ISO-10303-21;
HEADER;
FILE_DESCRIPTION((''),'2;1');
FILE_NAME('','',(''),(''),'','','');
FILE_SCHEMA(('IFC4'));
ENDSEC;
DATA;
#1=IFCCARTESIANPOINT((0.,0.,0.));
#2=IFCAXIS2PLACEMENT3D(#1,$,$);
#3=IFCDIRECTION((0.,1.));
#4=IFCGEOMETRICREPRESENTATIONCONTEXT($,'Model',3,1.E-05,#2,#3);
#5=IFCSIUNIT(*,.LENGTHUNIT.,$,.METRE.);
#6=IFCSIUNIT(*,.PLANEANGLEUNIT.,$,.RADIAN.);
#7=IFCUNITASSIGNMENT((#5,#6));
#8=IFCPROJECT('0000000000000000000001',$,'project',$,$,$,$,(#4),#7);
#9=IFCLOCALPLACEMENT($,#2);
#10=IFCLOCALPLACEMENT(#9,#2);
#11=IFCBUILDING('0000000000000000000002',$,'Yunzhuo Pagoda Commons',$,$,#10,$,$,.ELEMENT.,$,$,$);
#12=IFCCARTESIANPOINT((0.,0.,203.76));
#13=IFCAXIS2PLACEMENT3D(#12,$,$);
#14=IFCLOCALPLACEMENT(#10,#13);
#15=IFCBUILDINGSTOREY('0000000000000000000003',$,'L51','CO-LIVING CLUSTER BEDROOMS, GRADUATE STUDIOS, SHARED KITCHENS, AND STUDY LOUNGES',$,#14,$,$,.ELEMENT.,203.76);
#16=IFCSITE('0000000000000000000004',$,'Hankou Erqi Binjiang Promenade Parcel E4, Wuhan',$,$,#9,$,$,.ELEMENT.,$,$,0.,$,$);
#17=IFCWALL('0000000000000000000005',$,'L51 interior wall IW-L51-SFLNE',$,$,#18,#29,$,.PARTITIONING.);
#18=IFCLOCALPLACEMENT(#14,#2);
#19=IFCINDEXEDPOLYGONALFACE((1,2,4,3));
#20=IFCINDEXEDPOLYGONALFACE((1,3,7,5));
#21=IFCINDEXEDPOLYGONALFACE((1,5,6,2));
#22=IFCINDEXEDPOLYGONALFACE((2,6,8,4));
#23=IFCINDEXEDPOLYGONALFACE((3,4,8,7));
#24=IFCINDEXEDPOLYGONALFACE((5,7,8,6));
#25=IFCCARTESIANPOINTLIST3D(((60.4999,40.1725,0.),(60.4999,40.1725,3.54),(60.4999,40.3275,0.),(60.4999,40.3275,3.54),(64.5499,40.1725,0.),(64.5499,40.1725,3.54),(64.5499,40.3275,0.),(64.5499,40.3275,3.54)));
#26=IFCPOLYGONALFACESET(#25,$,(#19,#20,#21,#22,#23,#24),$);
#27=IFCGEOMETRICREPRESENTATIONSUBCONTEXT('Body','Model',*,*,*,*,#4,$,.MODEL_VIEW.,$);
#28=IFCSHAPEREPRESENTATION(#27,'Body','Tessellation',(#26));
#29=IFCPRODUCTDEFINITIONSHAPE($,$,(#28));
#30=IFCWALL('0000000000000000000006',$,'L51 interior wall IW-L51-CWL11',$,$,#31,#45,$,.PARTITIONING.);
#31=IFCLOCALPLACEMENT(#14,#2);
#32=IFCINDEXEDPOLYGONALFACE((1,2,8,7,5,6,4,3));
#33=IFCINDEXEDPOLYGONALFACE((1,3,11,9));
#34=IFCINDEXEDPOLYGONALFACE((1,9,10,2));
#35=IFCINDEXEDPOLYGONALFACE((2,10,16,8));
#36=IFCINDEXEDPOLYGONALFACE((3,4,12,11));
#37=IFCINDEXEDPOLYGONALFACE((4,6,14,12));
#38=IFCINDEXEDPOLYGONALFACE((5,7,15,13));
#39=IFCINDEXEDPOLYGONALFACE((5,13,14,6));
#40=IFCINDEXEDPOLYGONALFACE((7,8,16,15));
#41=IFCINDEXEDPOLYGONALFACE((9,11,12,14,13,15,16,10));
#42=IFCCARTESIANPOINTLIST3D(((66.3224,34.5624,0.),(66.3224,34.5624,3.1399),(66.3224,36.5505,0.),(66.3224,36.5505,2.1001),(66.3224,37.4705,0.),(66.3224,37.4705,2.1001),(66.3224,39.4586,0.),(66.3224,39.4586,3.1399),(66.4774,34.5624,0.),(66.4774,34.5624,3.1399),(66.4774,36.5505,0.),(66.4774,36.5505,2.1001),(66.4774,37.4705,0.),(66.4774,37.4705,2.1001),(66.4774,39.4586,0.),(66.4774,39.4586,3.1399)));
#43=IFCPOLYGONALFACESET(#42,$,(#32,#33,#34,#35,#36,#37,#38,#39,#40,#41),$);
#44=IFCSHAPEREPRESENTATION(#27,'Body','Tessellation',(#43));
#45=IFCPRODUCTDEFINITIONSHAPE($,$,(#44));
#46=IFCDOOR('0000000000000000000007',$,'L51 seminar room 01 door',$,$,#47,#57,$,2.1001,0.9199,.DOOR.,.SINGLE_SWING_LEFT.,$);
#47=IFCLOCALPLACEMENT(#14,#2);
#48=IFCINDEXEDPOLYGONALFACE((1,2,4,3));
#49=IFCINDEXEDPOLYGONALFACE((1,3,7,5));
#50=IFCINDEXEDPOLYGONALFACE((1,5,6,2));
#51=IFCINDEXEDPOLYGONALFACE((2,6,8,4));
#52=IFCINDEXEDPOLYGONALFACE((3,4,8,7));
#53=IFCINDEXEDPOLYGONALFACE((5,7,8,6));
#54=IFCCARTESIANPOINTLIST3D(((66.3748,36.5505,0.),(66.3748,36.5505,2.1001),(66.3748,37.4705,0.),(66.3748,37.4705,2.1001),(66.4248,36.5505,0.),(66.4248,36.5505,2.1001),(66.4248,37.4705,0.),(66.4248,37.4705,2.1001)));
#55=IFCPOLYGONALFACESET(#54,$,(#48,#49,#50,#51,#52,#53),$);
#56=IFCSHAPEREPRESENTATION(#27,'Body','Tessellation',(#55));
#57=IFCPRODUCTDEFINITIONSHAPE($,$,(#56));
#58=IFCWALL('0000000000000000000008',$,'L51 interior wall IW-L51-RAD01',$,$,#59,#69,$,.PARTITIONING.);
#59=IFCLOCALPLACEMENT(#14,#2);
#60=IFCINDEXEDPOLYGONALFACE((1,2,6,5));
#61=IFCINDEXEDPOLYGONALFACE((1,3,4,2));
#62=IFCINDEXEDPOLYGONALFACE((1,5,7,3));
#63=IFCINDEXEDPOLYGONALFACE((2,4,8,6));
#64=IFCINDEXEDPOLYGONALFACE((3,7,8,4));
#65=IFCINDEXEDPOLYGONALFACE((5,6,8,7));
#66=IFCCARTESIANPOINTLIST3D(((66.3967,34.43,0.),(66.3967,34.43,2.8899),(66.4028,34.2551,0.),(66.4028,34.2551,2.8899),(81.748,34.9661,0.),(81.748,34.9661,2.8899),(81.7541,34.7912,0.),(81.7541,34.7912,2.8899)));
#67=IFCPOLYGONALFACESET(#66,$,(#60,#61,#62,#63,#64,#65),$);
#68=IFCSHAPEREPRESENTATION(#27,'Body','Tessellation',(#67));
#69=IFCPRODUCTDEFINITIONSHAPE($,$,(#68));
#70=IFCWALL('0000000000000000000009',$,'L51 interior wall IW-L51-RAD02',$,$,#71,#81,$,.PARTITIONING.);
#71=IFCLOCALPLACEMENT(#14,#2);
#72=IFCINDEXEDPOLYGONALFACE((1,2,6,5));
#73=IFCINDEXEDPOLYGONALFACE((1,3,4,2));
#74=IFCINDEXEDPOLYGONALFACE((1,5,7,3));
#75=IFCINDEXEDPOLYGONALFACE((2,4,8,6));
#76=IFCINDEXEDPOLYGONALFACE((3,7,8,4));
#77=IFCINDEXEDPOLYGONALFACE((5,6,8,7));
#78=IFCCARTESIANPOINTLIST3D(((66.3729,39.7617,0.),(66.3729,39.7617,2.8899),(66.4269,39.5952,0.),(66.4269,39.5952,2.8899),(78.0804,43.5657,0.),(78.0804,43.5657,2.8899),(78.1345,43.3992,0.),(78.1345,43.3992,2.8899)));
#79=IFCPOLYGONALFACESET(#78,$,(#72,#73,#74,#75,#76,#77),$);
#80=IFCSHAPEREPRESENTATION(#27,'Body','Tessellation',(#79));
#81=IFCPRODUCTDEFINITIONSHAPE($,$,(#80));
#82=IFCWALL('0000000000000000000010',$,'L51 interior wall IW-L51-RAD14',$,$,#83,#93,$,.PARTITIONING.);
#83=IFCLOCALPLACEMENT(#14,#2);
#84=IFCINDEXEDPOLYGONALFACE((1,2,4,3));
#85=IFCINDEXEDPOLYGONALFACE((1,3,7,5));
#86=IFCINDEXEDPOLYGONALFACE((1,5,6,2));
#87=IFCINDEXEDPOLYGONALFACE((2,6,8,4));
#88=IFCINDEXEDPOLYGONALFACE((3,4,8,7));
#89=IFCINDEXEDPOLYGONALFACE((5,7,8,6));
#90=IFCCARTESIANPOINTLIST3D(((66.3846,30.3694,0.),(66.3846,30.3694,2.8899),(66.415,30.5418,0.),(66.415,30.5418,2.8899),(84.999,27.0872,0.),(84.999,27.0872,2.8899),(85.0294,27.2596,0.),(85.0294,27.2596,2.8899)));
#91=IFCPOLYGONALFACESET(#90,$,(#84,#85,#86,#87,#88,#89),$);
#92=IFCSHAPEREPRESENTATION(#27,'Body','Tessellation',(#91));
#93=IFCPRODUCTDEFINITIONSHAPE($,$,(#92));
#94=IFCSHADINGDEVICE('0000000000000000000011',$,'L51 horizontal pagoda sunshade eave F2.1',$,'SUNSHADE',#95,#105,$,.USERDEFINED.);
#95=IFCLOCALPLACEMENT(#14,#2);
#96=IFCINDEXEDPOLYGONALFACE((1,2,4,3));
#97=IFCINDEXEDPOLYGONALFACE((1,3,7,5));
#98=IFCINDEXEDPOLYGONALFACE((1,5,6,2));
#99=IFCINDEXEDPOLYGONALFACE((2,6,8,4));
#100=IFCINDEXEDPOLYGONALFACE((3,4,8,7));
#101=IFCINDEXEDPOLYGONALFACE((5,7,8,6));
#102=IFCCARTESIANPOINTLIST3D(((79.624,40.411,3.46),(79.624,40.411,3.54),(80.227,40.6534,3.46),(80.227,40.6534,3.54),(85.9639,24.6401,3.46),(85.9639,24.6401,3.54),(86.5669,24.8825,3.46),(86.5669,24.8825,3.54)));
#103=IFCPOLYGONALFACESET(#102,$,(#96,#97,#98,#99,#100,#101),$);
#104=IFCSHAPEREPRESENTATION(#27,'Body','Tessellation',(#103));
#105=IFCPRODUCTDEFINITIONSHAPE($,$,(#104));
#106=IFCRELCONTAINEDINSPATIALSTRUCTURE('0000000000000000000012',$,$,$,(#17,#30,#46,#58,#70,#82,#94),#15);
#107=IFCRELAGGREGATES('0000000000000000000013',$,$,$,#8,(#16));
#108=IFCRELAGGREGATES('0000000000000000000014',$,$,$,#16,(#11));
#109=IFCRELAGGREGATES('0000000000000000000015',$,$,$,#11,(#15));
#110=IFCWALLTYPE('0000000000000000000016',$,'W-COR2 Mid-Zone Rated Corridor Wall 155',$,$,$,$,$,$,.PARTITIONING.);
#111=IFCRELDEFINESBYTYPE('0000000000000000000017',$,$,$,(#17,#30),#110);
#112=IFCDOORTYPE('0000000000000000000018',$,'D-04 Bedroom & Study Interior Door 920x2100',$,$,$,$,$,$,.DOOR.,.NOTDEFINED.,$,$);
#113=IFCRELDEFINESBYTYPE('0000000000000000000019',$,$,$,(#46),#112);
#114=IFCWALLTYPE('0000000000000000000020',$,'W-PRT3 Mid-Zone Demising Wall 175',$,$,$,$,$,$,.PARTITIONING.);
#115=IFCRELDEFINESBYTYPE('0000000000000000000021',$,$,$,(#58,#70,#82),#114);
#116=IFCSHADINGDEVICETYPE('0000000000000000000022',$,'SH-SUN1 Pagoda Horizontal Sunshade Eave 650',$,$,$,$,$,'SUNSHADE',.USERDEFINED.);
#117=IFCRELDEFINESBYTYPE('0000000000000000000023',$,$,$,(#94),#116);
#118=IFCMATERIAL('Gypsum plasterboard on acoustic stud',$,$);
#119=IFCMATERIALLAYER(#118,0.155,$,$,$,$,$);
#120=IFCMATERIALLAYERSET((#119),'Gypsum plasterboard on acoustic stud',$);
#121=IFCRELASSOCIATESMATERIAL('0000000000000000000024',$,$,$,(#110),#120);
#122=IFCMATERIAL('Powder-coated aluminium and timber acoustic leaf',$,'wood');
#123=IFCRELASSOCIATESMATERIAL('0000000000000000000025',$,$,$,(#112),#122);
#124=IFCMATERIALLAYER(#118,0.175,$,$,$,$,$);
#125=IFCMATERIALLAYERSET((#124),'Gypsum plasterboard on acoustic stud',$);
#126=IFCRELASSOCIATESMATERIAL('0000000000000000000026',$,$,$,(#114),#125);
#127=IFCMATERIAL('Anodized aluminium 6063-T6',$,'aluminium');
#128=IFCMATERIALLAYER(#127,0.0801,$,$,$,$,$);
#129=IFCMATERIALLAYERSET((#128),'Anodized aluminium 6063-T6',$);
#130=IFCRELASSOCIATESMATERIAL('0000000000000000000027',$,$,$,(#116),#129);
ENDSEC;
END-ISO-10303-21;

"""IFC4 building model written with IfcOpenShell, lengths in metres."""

from ifc_helpers import new_model, si_unit, direction, frame, frame_2d, origin, origin_with_axes, origin_2d, place, context, subcontext, project, spatial, rectangle, extrude, source, transform, mapped, material, layer, layer_set, type_object, element, fill, save


model = new_model("IFC4")

# Units and contexts
model_context = context("Model", 3, precision=1e-05, world=origin(), true_north=direction((0.0, 1.0)))
body_context = subcontext(model_context, "Body", "Model", "MODEL_VIEW")
ifc_project = project(units=[si_unit("LENGTHUNIT", "METRE"), si_unit("PLANEANGLEUNIT", "RADIAN")], contexts=[model_context])

# Site, building, storey
site_placement = place(None, origin())
site = spatial("IfcSite", under=ifc_project, at=site_placement, Name="Hankou Erqi Binjiang Promenade Parcel E4, Wuhan", CompositionType="ELEMENT", RefElevation=0.0)
building_placement = place(site_placement, origin())
building = spatial("IfcBuilding", under=site, at=building_placement, Name="Yunzhuo Pagoda Commons", CompositionType="ELEMENT")
storey_placement = place(building_placement, frame((0.0, 0.0, 203.76)))
storey = spatial("IfcBuildingStorey", under=building, at=storey_placement, Name="L51", Description="CO-LIVING CLUSTER BEDROOMS, GRADUATE STUDIOS, SHARED KITCHENS, AND STUDY LOUNGES", CompositionType="ELEMENT", Elevation=203.76)

# Shared definitions
ifc_material_1 = material(Name="Anodized aluminium 6063-T6", Category="aluminium")

# Wall
ifc_material_2 = material(Name="Gypsum plasterboard on acoustic stud")
ifc_layer_1 = layer(ifc_material_2, 0.155)
ifc_layer_set_1 = layer_set([ifc_layer_1], Name="Gypsum plasterboard on acoustic stud")
wall_type_1 = type_object("IfcWallType", Name="W-COR2 Mid-Zone Rated Corridor Wall 155", PredefinedType="PARTITIONING", material=ifc_layer_set_1)
wall_1_placement = place(storey_placement, frame((60.5, 40.25, 0.0), z_axis=(0.0, 0.0, 1.0), x_axis=(1.0, 0.0, 0.0)))
element("IfcWall", 1, at=wall_1_placement, inside=storey, type_object=wall_type_1, Name="L51 interior wall IW-L51-SFLNE", PredefinedType="PARTITIONING", context=body_context, shape_type="SweptSolid", body=[
    extrude(rectangle(XDim=4.05, YDim=0.155, at=frame_2d((2.0249, 0.0))), origin(), (0.0, 0.0, 1.0), 3.54),
])

# Wall, opening, door
wall_2_placement = place(storey_placement, frame((66.3999, 39.4587, 0.0), z_axis=(0.0, 0.0, 1.0), x_axis=(0.0, -1.0, 0.0)))
wall_2 = element("IfcWall", 2, at=wall_2_placement, inside=storey, type_object=wall_type_1, Name="L51 interior wall IW-L51-CWL11", PredefinedType="PARTITIONING", context=body_context, shape_type="SweptSolid", body=[
    extrude(rectangle(XDim=4.8962, YDim=0.155, at=frame_2d((2.4482, 0.0))), origin(), (0.0, 0.0, 1.0), 3.1399),
])
opening_1_placement = place(wall_2_placement, frame((1.9883, 0.0, 0.0)))
opening_1 = element("IfcOpeningElement", 3, at=opening_1_placement, cuts=wall_2, PredefinedType="OPENING", context=body_context, shape_type="SweptSolid", body=[
    extrude(rectangle(XDim=0.9199, YDim=2.1001, at=frame_2d((0.46, 1.05))), frame((0.0, 0.0874, 0.0), z_axis=(0.0, -1.0, 0.0), x_axis=(1.0, 0.0, 0.0)), (0.0, 0.0, 1.0), 0.175),
])
ifc_material_3 = material(Name="Powder-coated aluminium and timber acoustic leaf", Category="wood")
door_type_1 = type_object("IfcDoorType", Name="D-04 Bedroom & Study Interior Door 920x2100", OperationType="NOTDEFINED", PredefinedType="DOOR", material=ifc_material_3)
shared_shape_1 = source(origin(), body_context, "Body", "SweptSolid", [
    extrude(rectangle(XDim=0.9199, YDim=2.1001, at=frame_2d((0.46, 1.05))), frame((0.0, 0.0249, 0.0), z_axis=(0.0, -1.0, 0.0), x_axis=(1.0, 0.0, 0.0)), (0.0, 0.0, 1.0), 0.05),
])
door_1_placement = place(opening_1_placement, origin_with_axes())
door_1 = element("IfcDoor", 4, at=door_1_placement, inside=storey, type_object=door_type_1, Name="L51 seminar room 01 door", OperationType="SINGLE_SWING_LEFT", OverallHeight=2.1001, OverallWidth=0.9199, PredefinedType="DOOR", context=body_context, shape_type="MappedRepresentation", body=[
    mapped(shared_shape_1, transform((0.0, 0.0, 0.0), scale=1.0)),
])
fill(opening_1, door_1)

# Walls
ifc_layer_2 = layer(ifc_material_2, 0.175)
ifc_layer_set_2 = layer_set([ifc_layer_2], Name="Gypsum plasterboard on acoustic stud")
wall_type_2 = type_object("IfcWallType", Name="W-PRT3 Mid-Zone Demising Wall 175", PredefinedType="PARTITIONING", material=ifc_layer_set_2)
wall_3_placement = place(storey_placement, frame((66.3999, 34.3425, 0.0), z_axis=(0.0, 0.0, 1.0), x_axis=(0.999391, 0.034903, 0.0)))
element("IfcWall", 5, at=wall_3_placement, inside=storey, type_object=wall_type_2, Name="L51 interior wall IW-L51-RAD01", PredefinedType="PARTITIONING", context=body_context, shape_type="SweptSolid", body=[
    extrude(rectangle(XDim=15.3606, YDim=0.175, at=frame_2d((7.6802, 0.0))), origin(), (0.0, 0.0, 1.0), 2.8899),
])
wall_4_placement = place(storey_placement, frame((66.3999, 39.6785, 0.0), z_axis=(0.0, 0.0, 1.0), x_axis=(0.951058, 0.309013, 0.0)))
element("IfcWall", 6, at=wall_4_placement, inside=storey, type_object=wall_type_2, Name="L51 interior wall IW-L51-RAD02", PredefinedType="PARTITIONING", context=body_context, shape_type="SweptSolid", body=[
    extrude(rectangle(XDim=12.3101, YDim=0.175, at=frame_2d((6.155, 0.0))), origin(), (0.0, 0.0, 1.0), 2.8899),
])
wall_5_placement = place(storey_placement, frame((66.3999, 30.4556, 0.0), z_axis=(0.0, 0.0, 1.0), x_axis=(0.984808, -0.173648, 0.0)))
element("IfcWall", 7, at=wall_5_placement, inside=storey, type_object=wall_type_2, Name="L51 interior wall IW-L51-RAD14", PredefinedType="PARTITIONING", context=body_context, shape_type="SweptSolid", body=[
    extrude(rectangle(XDim=18.9016, YDim=0.175, at=frame_2d((9.4507, 0.0))), origin(), (0.0, 0.0, 1.0), 2.8899),
])

# Shading device
ifc_layer_3 = layer(ifc_material_1, 0.0801)
ifc_layer_set_3 = layer_set([ifc_layer_3], Name="Anodized aluminium 6063-T6")
shading_device_type = type_object("IfcShadingDeviceType", Name="SH-SUN1 Pagoda Horizontal Sunshade Eave 650", ElementType="SUNSHADE", PredefinedType="USERDEFINED", material=ifc_layer_set_3)
shared_shape_2 = source(origin(), body_context, "Body", "SweptSolid", [
    extrude(rectangle(XDim=16.9976, YDim=0.6499, at=origin_2d()), origin(), (0.0, 0.0, 1.0), 0.0801),
])
shading_device_placement = place(storey_placement, frame((83.0955, 32.6467, 3.46), z_axis=(0.0, 0.0, 1.0), x_axis=(-0.372988, 0.927836, 0.0)))
element("IfcShadingDevice", 8, at=shading_device_placement, inside=storey, type_object=shading_device_type, Name="L51 horizontal pagoda sunshade eave F2.1", ObjectType="SUNSHADE", PredefinedType="USERDEFINED", context=body_context, shape_type="MappedRepresentation", body=[
    mapped(shared_shape_2, transform((0.0, 0.0, 0.0), scale=1.0)),
])

save(model, "model.ifc")
